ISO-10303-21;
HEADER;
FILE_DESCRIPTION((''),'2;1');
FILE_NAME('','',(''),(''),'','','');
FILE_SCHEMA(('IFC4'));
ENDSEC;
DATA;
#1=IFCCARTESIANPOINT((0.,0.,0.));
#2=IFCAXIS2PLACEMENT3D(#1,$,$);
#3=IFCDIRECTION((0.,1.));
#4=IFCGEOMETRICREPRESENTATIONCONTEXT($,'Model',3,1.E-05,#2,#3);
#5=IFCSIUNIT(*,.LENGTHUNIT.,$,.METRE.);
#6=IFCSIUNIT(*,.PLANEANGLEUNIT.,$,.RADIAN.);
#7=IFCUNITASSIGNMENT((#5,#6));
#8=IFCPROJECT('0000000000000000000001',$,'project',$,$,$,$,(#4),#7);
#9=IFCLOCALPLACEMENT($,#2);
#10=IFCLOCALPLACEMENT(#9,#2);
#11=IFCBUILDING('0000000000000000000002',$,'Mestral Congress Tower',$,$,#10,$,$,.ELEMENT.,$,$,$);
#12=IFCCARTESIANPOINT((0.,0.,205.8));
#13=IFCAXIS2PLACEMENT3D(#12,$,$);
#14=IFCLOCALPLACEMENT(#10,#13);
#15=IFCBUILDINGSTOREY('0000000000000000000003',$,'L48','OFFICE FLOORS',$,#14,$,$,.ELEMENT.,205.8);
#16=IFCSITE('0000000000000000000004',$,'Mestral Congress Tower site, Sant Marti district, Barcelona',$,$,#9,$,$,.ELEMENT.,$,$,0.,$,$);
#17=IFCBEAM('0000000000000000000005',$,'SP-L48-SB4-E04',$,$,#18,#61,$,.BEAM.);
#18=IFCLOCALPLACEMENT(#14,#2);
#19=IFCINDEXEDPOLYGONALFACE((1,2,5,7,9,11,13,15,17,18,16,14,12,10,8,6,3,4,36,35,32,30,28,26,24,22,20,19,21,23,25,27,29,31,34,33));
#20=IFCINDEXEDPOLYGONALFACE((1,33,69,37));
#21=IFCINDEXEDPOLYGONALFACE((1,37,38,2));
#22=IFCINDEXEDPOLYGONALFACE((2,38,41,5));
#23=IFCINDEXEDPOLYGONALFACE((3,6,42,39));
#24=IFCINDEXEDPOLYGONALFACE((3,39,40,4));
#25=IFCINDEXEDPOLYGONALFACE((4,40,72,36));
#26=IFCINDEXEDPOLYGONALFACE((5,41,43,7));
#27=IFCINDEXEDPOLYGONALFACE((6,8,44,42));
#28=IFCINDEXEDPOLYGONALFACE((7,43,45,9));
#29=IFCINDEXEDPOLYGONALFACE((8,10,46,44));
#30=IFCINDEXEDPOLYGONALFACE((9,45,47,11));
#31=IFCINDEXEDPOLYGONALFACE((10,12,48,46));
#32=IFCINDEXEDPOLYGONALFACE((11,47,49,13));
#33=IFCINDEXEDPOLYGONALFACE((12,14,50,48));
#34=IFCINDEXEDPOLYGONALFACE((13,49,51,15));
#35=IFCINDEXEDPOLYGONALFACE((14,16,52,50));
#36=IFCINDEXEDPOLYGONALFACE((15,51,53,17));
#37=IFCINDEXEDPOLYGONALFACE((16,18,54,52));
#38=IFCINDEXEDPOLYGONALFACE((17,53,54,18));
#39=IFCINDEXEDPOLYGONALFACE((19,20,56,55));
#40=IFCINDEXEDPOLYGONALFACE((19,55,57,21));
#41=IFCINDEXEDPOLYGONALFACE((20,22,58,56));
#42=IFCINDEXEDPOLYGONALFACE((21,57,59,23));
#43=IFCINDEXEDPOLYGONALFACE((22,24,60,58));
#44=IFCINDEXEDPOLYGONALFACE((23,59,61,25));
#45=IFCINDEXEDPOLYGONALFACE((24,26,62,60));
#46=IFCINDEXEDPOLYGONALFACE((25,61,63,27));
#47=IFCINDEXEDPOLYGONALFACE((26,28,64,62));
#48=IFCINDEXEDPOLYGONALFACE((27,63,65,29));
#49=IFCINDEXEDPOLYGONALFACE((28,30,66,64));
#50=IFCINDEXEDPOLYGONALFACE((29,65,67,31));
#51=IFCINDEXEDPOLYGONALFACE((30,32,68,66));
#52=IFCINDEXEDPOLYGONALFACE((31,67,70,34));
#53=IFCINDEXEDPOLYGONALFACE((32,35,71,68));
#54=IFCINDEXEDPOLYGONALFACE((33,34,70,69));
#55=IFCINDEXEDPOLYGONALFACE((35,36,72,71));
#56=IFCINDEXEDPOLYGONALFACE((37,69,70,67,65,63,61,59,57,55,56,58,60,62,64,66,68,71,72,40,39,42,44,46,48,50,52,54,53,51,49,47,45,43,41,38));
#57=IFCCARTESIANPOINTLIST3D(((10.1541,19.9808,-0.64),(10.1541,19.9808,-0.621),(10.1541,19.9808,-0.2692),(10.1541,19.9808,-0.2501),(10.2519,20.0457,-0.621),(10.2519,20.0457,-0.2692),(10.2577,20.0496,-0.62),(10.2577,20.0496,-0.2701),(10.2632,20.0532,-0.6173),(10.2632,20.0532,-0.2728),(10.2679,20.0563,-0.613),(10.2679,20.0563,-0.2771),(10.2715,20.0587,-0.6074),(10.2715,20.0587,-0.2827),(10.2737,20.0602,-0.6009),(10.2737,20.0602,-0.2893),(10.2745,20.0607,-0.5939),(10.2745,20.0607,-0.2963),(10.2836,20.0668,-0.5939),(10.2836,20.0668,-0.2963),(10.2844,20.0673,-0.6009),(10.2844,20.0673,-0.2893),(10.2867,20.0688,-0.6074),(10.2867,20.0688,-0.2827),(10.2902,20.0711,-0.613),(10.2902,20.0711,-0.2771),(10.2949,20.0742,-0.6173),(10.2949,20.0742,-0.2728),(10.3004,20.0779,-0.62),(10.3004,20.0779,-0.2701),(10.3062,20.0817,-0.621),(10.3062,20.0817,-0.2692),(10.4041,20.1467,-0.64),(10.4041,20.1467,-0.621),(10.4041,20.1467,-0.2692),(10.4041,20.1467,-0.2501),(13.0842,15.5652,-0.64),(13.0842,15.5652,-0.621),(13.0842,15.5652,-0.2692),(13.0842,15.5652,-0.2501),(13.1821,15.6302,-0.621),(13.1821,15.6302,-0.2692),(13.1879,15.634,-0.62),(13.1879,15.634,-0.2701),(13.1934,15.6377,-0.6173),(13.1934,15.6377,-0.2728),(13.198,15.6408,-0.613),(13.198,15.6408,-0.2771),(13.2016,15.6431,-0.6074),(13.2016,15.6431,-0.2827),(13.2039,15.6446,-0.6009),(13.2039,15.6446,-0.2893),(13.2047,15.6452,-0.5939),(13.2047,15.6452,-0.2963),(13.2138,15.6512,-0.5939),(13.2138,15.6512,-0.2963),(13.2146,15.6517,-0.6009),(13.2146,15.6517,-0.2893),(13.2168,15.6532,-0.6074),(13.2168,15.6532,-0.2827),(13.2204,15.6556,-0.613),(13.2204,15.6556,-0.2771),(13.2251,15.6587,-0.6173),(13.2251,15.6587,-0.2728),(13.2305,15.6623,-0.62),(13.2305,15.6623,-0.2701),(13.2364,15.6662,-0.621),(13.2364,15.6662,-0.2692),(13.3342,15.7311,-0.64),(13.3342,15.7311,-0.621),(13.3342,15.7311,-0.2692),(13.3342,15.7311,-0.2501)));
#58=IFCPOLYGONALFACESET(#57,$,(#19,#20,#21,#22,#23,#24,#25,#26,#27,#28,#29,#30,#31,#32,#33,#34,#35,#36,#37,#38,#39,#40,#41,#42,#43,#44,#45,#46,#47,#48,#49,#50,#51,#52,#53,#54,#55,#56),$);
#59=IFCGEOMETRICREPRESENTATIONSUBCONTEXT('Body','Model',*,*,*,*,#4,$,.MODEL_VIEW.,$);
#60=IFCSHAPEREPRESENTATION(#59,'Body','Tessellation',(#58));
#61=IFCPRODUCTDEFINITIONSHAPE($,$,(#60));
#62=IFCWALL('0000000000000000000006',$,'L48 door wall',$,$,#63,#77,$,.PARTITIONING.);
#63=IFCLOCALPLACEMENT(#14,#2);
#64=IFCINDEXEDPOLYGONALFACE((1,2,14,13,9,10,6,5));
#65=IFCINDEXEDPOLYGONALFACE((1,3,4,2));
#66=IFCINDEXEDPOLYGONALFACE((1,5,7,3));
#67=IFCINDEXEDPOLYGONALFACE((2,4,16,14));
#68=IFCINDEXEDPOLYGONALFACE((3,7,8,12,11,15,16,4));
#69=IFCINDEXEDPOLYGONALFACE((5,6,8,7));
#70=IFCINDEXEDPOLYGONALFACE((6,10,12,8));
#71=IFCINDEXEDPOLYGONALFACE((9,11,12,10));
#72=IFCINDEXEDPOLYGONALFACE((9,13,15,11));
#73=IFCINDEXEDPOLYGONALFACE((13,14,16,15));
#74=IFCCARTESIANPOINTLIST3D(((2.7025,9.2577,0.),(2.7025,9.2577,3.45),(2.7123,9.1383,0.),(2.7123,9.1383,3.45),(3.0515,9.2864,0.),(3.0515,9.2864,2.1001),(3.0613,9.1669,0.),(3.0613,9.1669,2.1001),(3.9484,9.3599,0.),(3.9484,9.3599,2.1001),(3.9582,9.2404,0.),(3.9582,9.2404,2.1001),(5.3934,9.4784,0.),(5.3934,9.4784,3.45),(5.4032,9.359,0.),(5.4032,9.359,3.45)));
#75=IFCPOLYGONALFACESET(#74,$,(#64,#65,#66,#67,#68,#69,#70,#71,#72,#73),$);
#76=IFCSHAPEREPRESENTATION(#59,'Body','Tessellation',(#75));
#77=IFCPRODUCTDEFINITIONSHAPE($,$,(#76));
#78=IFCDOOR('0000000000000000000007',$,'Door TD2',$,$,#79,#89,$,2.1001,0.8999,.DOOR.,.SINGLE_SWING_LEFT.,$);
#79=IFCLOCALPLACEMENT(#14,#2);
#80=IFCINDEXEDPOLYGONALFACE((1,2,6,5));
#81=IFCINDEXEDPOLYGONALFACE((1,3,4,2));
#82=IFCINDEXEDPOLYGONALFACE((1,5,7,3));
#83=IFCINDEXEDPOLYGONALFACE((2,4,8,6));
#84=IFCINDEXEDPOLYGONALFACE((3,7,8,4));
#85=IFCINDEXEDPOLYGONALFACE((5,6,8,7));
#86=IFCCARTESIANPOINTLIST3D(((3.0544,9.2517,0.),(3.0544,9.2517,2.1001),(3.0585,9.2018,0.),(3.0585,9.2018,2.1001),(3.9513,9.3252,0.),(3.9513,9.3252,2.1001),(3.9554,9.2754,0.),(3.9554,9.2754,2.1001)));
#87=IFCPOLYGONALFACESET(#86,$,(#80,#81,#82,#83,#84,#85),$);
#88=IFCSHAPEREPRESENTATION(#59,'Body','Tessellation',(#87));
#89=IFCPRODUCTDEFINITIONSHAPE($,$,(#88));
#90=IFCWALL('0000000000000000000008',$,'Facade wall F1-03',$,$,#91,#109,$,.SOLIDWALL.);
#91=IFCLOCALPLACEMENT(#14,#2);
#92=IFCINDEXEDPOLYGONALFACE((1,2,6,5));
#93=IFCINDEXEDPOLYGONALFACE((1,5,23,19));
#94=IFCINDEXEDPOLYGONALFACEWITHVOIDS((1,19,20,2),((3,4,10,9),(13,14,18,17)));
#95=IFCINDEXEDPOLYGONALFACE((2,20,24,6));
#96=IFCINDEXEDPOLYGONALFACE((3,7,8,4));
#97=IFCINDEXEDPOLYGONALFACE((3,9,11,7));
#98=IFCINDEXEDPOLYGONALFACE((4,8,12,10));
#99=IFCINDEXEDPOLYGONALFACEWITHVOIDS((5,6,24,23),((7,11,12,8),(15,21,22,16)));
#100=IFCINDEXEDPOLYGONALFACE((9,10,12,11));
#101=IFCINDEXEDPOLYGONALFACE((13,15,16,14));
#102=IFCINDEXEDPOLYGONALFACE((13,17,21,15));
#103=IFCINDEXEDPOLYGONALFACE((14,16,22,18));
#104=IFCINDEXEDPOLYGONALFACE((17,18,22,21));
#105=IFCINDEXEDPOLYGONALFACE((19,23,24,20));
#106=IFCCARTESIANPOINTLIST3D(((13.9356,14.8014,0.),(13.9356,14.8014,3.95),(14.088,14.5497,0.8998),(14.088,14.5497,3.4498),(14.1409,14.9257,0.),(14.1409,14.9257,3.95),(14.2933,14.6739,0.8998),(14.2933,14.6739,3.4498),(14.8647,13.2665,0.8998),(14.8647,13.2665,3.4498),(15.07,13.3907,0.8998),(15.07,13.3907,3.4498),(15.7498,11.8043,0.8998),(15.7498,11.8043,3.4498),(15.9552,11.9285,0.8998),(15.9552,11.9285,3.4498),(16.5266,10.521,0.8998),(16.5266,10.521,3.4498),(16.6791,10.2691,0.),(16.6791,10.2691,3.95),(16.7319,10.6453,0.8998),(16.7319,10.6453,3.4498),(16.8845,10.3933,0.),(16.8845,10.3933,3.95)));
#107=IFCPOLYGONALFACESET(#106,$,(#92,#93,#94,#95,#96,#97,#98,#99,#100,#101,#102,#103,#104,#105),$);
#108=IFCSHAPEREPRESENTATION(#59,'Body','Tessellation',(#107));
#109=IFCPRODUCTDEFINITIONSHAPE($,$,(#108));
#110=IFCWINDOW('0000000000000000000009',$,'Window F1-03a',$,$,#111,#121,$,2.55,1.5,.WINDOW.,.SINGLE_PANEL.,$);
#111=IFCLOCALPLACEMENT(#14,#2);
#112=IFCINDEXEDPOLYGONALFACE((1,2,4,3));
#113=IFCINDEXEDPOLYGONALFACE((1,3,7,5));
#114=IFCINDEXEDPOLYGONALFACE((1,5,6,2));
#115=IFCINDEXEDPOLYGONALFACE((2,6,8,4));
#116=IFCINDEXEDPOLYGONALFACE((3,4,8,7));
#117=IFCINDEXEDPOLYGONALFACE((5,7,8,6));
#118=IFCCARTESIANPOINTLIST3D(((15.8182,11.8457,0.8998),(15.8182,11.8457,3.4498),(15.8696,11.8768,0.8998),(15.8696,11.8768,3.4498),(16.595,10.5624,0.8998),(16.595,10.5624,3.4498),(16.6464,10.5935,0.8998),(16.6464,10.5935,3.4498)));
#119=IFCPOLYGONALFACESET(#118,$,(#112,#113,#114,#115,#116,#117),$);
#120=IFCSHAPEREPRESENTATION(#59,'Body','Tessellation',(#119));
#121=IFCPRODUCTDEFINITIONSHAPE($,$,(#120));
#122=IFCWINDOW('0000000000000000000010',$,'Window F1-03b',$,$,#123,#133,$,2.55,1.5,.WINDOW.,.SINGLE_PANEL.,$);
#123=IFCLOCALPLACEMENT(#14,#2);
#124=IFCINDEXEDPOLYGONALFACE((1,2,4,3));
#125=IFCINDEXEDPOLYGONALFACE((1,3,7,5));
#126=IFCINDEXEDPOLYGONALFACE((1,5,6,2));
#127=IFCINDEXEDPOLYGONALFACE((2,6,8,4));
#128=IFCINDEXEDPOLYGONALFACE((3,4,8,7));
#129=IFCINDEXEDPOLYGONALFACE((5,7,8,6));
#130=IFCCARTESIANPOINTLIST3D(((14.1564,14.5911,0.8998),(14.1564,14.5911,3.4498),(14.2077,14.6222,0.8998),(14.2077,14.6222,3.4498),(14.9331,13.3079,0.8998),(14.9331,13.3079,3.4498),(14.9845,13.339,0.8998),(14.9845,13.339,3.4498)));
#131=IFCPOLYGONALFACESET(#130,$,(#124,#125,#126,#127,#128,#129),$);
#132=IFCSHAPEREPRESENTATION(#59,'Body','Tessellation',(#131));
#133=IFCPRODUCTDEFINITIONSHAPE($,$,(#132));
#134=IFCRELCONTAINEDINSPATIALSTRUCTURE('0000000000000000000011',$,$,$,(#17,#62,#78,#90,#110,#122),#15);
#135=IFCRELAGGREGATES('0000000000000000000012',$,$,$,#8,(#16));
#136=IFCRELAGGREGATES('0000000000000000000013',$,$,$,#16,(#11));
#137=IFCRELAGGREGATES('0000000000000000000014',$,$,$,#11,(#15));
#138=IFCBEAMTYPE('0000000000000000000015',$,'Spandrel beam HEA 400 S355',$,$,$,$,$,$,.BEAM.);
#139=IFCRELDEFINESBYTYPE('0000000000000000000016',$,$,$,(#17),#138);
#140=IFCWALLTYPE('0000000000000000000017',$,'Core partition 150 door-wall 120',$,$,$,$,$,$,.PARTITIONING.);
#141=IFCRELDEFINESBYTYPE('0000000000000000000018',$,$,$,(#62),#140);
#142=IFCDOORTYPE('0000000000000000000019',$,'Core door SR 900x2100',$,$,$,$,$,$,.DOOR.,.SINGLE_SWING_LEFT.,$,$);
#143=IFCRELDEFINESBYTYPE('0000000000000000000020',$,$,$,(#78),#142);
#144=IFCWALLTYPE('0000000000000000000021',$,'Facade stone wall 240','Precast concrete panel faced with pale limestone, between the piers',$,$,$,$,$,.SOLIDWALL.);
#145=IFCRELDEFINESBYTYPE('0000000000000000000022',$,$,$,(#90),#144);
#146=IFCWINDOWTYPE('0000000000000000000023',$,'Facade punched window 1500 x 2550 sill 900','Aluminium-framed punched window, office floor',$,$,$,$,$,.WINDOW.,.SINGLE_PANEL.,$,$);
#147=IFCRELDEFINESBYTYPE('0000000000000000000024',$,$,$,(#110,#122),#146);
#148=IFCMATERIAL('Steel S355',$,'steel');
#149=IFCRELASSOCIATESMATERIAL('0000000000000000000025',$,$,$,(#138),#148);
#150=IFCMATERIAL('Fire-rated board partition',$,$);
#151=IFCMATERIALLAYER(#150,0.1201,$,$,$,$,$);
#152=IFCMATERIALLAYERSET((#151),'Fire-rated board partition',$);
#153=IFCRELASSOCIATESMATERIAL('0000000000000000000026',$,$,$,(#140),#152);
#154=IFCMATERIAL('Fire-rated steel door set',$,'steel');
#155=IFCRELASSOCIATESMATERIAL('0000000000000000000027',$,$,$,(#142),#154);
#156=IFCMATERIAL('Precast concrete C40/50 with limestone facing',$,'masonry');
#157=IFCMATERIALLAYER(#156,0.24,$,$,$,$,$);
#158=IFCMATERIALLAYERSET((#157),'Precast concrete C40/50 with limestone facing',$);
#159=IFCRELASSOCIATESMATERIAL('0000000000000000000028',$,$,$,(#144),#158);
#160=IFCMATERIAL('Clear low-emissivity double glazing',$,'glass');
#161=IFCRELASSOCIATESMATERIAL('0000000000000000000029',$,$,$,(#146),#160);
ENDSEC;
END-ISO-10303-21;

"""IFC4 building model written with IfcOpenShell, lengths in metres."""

from ifc_helpers import new_model, si_unit, direction, frame, frame_2d, origin, origin_2d, place, context, subcontext, project, spatial, rectangle, i_section, extrude, material, layer, layer_set, material_profile, profile_set, type_object, element, fill, save


model = new_model("IFC4")

# Units and contexts
model_context = context("Model", 3, precision=1e-05, world=origin(), true_north=direction((0.0, 1.0)))
body_context = subcontext(model_context, "Body", "Model", "MODEL_VIEW")
ifc_project = project(units=[si_unit("LENGTHUNIT", "METRE"), si_unit("PLANEANGLEUNIT", "RADIAN")], contexts=[model_context])

# Site, building, storey
site_placement = place(None, origin())
site = spatial("IfcSite", under=ifc_project, at=site_placement, Name="Mestral Congress Tower site, Sant Marti district, Barcelona", CompositionType="ELEMENT", RefElevation=0.0)
building_placement = place(site_placement, origin())
building = spatial("IfcBuilding", under=site, at=building_placement, Name="Mestral Congress Tower", CompositionType="ELEMENT")
storey_placement = place(building_placement, frame((0.0, 0.0, 205.8)))
storey = spatial("IfcBuildingStorey", under=building, at=storey_placement, Name="L48", Description="OFFICE FLOORS", CompositionType="ELEMENT", Elevation=205.8)

# Beam
ifc_material_1 = material(Name="Steel S355", Category="steel")
ifc_material_profile_1 = material_profile(ifc_material_1, i_section(OverallWidth=0.3, OverallDepth=0.3899, WebThickness=0.011, FlangeThickness=0.019, FilletRadius=0.0271, at=origin_2d()), Name="HEA 400")
ifc_profile_set_1 = profile_set([ifc_material_profile_1], Name="Steel S355")
beam_type_1 = type_object("IfcBeamType", Name="Spandrel beam HEA 400 S355", PredefinedType="BEAM", material=ifc_profile_set_1)
for number, where, z_axis, x_axis, name in (
    (1, (13.2092, 15.6482, -0.4451), (-0.552934, 0.833225, 0.0), (-0.833225, -0.552934, 0.0), "SP-L48-SB4-E04"),
):
    element("IfcBeam", number, at=place(storey_placement, frame(where, z_axis=z_axis, x_axis=x_axis)), inside=storey, type_object=beam_type_1, Name=name, PredefinedType="BEAM", context=body_context, shape_type="SweptSolid", body=[
        extrude(i_section(OverallWidth=0.3, OverallDepth=0.3899, WebThickness=0.011, FlangeThickness=0.019, FilletRadius=0.0271, at=origin_2d()), origin(), (0.0, 0.0, 1.0), 5.2993),
    ])

# Wall, opening, door
ifc_material_2 = material(Name="Fire-rated board partition")
ifc_layer_1 = layer(ifc_material_2, 0.1201)
ifc_layer_set_1 = layer_set([ifc_layer_1], Name="Fire-rated board partition")
wall_type_1 = type_object("IfcWallType", Name="Core partition 150 door-wall 120", PredefinedType="PARTITIONING", material=ifc_layer_set_1)
wall_1_placement = place(storey_placement, frame((5.3984, 9.4187, 0.0), z_axis=(0.0, 0.0, 1.0), x_axis=(-0.996653, -0.081743, 0.0)))
wall_1 = element("IfcWall", 2, at=wall_1_placement, inside=storey, type_object=wall_type_1, Name="L48 door wall", PredefinedType="PARTITIONING", context=body_context, shape_type="SweptSolid", body=[
    extrude(rectangle(XDim=2.7, YDim=0.1199, at=frame_2d((1.3501, 0.0))), origin(), (0.0, 0.0, 1.0), 3.45),
])
opening_1_placement = place(wall_1_placement, frame((1.45, 0.0, 0.0)))
opening_1 = element("IfcOpeningElement", 3, at=opening_1_placement, cuts=wall_1, PredefinedType="OPENING", context=body_context, shape_type="SweptSolid", body=[
    extrude(rectangle(XDim=0.8999, YDim=2.1001, at=frame_2d((0.45, 1.05))), frame((0.0, 0.0698, 0.0), z_axis=(0.0, -1.0, 0.0), x_axis=(1.0, 0.0, 0.0)), (0.0, 0.0, 1.0), 0.1399),
])
ifc_material_3 = material(Name="Fire-rated steel door set", Category="steel")
door_type_1 = type_object("IfcDoorType", Name="Core door SR 900x2100", OperationType="SINGLE_SWING_LEFT", PredefinedType="DOOR", material=ifc_material_3)
door_1_placement = place(opening_1_placement, origin())
door_1 = element("IfcDoor", 4, at=door_1_placement, inside=storey, type_object=door_type_1, Name="Door TD2", OperationType="SINGLE_SWING_LEFT", OverallHeight=2.1001, OverallWidth=0.8999, PredefinedType="DOOR", context=body_context, shape_type="SweptSolid", body=[
    extrude(rectangle(XDim=0.8999, YDim=2.1001, at=frame_2d((0.45, 1.05))), frame((0.0, 0.0249, 0.0), z_axis=(0.0, -1.0, 0.0), x_axis=(1.0, 0.0, 0.0)), (0.0, 0.0, 1.0), 0.05),
])
fill(opening_1, door_1)

# Wall, openings, windows
ifc_material_4 = material(Name="Precast concrete C40/50 with limestone facing", Category="masonry")
ifc_layer_2 = layer(ifc_material_4, 0.24)
ifc_layer_set_2 = layer_set([ifc_layer_2], Name="Precast concrete C40/50 with limestone facing")
wall_type_2 = type_object("IfcWallType", Name="Facade stone wall 240", Description="Precast concrete panel faced with pale limestone, between the piers", PredefinedType="SOLIDWALL", material=ifc_layer_set_2)
wall_2_placement = place(storey_placement, frame((16.7817, 10.3313, 0.0), z_axis=(0.0, 0.0, 1.0), x_axis=(-0.517846, 0.855474, 0.0)))
wall_2 = element("IfcWall", 5, at=wall_2_placement, inside=storey, type_object=wall_type_2, Name="Facade wall F1-03", PredefinedType="SOLIDWALL", context=body_context, shape_type="SweptSolid", body=[
    extrude(rectangle(XDim=5.2981, YDim=0.24, at=frame_2d((2.6489, 0.0))), origin(), (0.0, 0.0, 1.0), 3.95),
])
opening_2_placement = place(wall_2_placement, frame((0.2944, 0.0, 0.8999)))
opening_2 = element("IfcOpeningElement", 6, at=opening_2_placement, cuts=wall_2, PredefinedType="OPENING", context=body_context, shape_type="SweptSolid", body=[
    extrude(rectangle(XDim=1.5, YDim=2.55, at=frame_2d((0.75, 1.2749))), frame((0.0, 0.1299, 0.0), z_axis=(0.0, -1.0, 0.0), x_axis=(1.0, 0.0, 0.0)), (0.0, 0.0, 1.0), 0.26),
])
opening_3_placement = place(wall_2_placement, frame((3.5037, 0.0, 0.8999)))
opening_3 = element("IfcOpeningElement", 7, at=opening_3_placement, cuts=wall_2, PredefinedType="OPENING", context=body_context, shape_type="SweptSolid", body=[
    extrude(rectangle(XDim=1.5, YDim=2.55, at=frame_2d((0.75, 1.2749))), frame((0.0, 0.1299, 0.0), z_axis=(0.0, -1.0, 0.0), x_axis=(1.0, 0.0, 0.0)), (0.0, 0.0, 1.0), 0.26),
])
ifc_material_5 = material(Name="Clear low-emissivity double glazing", Category="glass")
window_type = type_object("IfcWindowType", Name="Facade punched window 1500 x 2550 sill 900", Description="Aluminium-framed punched window, office floor", PartitioningType="SINGLE_PANEL", PredefinedType="WINDOW", material=ifc_material_5)
window_1_placement = place(opening_2_placement, origin())
window_1 = element("IfcWindow", 8, at=window_1_placement, inside=storey, type_object=window_type, Name="Window F1-03a", OverallHeight=2.55, OverallWidth=1.5, PartitioningType="SINGLE_PANEL", PredefinedType="WINDOW", context=body_context, shape_type="SweptSolid", body=[
    extrude(rectangle(XDim=1.5, YDim=2.55, at=frame_2d((0.75, 1.2749))), frame((0.0, 0.04, 0.0), z_axis=(0.0, -1.0, 0.0), x_axis=(1.0, 0.0, 0.0)), (0.0, 0.0, 1.0), 0.0601),
])
fill(opening_2, window_1)
window_2_placement = place(opening_3_placement, origin())
window_2 = element("IfcWindow", 9, at=window_2_placement, inside=storey, type_object=window_type, Name="Window F1-03b", OverallHeight=2.55, OverallWidth=1.5, PartitioningType="SINGLE_PANEL", PredefinedType="WINDOW", context=body_context, shape_type="SweptSolid", body=[
    extrude(rectangle(XDim=1.5, YDim=2.55, at=frame_2d((0.75, 1.2749))), frame((0.0, 0.04, 0.0), z_axis=(0.0, -1.0, 0.0), x_axis=(1.0, 0.0, 0.0)), (0.0, 0.0, 1.0), 0.0601),
])
fill(opening_3, window_2)

save(model, "model.ifc")
